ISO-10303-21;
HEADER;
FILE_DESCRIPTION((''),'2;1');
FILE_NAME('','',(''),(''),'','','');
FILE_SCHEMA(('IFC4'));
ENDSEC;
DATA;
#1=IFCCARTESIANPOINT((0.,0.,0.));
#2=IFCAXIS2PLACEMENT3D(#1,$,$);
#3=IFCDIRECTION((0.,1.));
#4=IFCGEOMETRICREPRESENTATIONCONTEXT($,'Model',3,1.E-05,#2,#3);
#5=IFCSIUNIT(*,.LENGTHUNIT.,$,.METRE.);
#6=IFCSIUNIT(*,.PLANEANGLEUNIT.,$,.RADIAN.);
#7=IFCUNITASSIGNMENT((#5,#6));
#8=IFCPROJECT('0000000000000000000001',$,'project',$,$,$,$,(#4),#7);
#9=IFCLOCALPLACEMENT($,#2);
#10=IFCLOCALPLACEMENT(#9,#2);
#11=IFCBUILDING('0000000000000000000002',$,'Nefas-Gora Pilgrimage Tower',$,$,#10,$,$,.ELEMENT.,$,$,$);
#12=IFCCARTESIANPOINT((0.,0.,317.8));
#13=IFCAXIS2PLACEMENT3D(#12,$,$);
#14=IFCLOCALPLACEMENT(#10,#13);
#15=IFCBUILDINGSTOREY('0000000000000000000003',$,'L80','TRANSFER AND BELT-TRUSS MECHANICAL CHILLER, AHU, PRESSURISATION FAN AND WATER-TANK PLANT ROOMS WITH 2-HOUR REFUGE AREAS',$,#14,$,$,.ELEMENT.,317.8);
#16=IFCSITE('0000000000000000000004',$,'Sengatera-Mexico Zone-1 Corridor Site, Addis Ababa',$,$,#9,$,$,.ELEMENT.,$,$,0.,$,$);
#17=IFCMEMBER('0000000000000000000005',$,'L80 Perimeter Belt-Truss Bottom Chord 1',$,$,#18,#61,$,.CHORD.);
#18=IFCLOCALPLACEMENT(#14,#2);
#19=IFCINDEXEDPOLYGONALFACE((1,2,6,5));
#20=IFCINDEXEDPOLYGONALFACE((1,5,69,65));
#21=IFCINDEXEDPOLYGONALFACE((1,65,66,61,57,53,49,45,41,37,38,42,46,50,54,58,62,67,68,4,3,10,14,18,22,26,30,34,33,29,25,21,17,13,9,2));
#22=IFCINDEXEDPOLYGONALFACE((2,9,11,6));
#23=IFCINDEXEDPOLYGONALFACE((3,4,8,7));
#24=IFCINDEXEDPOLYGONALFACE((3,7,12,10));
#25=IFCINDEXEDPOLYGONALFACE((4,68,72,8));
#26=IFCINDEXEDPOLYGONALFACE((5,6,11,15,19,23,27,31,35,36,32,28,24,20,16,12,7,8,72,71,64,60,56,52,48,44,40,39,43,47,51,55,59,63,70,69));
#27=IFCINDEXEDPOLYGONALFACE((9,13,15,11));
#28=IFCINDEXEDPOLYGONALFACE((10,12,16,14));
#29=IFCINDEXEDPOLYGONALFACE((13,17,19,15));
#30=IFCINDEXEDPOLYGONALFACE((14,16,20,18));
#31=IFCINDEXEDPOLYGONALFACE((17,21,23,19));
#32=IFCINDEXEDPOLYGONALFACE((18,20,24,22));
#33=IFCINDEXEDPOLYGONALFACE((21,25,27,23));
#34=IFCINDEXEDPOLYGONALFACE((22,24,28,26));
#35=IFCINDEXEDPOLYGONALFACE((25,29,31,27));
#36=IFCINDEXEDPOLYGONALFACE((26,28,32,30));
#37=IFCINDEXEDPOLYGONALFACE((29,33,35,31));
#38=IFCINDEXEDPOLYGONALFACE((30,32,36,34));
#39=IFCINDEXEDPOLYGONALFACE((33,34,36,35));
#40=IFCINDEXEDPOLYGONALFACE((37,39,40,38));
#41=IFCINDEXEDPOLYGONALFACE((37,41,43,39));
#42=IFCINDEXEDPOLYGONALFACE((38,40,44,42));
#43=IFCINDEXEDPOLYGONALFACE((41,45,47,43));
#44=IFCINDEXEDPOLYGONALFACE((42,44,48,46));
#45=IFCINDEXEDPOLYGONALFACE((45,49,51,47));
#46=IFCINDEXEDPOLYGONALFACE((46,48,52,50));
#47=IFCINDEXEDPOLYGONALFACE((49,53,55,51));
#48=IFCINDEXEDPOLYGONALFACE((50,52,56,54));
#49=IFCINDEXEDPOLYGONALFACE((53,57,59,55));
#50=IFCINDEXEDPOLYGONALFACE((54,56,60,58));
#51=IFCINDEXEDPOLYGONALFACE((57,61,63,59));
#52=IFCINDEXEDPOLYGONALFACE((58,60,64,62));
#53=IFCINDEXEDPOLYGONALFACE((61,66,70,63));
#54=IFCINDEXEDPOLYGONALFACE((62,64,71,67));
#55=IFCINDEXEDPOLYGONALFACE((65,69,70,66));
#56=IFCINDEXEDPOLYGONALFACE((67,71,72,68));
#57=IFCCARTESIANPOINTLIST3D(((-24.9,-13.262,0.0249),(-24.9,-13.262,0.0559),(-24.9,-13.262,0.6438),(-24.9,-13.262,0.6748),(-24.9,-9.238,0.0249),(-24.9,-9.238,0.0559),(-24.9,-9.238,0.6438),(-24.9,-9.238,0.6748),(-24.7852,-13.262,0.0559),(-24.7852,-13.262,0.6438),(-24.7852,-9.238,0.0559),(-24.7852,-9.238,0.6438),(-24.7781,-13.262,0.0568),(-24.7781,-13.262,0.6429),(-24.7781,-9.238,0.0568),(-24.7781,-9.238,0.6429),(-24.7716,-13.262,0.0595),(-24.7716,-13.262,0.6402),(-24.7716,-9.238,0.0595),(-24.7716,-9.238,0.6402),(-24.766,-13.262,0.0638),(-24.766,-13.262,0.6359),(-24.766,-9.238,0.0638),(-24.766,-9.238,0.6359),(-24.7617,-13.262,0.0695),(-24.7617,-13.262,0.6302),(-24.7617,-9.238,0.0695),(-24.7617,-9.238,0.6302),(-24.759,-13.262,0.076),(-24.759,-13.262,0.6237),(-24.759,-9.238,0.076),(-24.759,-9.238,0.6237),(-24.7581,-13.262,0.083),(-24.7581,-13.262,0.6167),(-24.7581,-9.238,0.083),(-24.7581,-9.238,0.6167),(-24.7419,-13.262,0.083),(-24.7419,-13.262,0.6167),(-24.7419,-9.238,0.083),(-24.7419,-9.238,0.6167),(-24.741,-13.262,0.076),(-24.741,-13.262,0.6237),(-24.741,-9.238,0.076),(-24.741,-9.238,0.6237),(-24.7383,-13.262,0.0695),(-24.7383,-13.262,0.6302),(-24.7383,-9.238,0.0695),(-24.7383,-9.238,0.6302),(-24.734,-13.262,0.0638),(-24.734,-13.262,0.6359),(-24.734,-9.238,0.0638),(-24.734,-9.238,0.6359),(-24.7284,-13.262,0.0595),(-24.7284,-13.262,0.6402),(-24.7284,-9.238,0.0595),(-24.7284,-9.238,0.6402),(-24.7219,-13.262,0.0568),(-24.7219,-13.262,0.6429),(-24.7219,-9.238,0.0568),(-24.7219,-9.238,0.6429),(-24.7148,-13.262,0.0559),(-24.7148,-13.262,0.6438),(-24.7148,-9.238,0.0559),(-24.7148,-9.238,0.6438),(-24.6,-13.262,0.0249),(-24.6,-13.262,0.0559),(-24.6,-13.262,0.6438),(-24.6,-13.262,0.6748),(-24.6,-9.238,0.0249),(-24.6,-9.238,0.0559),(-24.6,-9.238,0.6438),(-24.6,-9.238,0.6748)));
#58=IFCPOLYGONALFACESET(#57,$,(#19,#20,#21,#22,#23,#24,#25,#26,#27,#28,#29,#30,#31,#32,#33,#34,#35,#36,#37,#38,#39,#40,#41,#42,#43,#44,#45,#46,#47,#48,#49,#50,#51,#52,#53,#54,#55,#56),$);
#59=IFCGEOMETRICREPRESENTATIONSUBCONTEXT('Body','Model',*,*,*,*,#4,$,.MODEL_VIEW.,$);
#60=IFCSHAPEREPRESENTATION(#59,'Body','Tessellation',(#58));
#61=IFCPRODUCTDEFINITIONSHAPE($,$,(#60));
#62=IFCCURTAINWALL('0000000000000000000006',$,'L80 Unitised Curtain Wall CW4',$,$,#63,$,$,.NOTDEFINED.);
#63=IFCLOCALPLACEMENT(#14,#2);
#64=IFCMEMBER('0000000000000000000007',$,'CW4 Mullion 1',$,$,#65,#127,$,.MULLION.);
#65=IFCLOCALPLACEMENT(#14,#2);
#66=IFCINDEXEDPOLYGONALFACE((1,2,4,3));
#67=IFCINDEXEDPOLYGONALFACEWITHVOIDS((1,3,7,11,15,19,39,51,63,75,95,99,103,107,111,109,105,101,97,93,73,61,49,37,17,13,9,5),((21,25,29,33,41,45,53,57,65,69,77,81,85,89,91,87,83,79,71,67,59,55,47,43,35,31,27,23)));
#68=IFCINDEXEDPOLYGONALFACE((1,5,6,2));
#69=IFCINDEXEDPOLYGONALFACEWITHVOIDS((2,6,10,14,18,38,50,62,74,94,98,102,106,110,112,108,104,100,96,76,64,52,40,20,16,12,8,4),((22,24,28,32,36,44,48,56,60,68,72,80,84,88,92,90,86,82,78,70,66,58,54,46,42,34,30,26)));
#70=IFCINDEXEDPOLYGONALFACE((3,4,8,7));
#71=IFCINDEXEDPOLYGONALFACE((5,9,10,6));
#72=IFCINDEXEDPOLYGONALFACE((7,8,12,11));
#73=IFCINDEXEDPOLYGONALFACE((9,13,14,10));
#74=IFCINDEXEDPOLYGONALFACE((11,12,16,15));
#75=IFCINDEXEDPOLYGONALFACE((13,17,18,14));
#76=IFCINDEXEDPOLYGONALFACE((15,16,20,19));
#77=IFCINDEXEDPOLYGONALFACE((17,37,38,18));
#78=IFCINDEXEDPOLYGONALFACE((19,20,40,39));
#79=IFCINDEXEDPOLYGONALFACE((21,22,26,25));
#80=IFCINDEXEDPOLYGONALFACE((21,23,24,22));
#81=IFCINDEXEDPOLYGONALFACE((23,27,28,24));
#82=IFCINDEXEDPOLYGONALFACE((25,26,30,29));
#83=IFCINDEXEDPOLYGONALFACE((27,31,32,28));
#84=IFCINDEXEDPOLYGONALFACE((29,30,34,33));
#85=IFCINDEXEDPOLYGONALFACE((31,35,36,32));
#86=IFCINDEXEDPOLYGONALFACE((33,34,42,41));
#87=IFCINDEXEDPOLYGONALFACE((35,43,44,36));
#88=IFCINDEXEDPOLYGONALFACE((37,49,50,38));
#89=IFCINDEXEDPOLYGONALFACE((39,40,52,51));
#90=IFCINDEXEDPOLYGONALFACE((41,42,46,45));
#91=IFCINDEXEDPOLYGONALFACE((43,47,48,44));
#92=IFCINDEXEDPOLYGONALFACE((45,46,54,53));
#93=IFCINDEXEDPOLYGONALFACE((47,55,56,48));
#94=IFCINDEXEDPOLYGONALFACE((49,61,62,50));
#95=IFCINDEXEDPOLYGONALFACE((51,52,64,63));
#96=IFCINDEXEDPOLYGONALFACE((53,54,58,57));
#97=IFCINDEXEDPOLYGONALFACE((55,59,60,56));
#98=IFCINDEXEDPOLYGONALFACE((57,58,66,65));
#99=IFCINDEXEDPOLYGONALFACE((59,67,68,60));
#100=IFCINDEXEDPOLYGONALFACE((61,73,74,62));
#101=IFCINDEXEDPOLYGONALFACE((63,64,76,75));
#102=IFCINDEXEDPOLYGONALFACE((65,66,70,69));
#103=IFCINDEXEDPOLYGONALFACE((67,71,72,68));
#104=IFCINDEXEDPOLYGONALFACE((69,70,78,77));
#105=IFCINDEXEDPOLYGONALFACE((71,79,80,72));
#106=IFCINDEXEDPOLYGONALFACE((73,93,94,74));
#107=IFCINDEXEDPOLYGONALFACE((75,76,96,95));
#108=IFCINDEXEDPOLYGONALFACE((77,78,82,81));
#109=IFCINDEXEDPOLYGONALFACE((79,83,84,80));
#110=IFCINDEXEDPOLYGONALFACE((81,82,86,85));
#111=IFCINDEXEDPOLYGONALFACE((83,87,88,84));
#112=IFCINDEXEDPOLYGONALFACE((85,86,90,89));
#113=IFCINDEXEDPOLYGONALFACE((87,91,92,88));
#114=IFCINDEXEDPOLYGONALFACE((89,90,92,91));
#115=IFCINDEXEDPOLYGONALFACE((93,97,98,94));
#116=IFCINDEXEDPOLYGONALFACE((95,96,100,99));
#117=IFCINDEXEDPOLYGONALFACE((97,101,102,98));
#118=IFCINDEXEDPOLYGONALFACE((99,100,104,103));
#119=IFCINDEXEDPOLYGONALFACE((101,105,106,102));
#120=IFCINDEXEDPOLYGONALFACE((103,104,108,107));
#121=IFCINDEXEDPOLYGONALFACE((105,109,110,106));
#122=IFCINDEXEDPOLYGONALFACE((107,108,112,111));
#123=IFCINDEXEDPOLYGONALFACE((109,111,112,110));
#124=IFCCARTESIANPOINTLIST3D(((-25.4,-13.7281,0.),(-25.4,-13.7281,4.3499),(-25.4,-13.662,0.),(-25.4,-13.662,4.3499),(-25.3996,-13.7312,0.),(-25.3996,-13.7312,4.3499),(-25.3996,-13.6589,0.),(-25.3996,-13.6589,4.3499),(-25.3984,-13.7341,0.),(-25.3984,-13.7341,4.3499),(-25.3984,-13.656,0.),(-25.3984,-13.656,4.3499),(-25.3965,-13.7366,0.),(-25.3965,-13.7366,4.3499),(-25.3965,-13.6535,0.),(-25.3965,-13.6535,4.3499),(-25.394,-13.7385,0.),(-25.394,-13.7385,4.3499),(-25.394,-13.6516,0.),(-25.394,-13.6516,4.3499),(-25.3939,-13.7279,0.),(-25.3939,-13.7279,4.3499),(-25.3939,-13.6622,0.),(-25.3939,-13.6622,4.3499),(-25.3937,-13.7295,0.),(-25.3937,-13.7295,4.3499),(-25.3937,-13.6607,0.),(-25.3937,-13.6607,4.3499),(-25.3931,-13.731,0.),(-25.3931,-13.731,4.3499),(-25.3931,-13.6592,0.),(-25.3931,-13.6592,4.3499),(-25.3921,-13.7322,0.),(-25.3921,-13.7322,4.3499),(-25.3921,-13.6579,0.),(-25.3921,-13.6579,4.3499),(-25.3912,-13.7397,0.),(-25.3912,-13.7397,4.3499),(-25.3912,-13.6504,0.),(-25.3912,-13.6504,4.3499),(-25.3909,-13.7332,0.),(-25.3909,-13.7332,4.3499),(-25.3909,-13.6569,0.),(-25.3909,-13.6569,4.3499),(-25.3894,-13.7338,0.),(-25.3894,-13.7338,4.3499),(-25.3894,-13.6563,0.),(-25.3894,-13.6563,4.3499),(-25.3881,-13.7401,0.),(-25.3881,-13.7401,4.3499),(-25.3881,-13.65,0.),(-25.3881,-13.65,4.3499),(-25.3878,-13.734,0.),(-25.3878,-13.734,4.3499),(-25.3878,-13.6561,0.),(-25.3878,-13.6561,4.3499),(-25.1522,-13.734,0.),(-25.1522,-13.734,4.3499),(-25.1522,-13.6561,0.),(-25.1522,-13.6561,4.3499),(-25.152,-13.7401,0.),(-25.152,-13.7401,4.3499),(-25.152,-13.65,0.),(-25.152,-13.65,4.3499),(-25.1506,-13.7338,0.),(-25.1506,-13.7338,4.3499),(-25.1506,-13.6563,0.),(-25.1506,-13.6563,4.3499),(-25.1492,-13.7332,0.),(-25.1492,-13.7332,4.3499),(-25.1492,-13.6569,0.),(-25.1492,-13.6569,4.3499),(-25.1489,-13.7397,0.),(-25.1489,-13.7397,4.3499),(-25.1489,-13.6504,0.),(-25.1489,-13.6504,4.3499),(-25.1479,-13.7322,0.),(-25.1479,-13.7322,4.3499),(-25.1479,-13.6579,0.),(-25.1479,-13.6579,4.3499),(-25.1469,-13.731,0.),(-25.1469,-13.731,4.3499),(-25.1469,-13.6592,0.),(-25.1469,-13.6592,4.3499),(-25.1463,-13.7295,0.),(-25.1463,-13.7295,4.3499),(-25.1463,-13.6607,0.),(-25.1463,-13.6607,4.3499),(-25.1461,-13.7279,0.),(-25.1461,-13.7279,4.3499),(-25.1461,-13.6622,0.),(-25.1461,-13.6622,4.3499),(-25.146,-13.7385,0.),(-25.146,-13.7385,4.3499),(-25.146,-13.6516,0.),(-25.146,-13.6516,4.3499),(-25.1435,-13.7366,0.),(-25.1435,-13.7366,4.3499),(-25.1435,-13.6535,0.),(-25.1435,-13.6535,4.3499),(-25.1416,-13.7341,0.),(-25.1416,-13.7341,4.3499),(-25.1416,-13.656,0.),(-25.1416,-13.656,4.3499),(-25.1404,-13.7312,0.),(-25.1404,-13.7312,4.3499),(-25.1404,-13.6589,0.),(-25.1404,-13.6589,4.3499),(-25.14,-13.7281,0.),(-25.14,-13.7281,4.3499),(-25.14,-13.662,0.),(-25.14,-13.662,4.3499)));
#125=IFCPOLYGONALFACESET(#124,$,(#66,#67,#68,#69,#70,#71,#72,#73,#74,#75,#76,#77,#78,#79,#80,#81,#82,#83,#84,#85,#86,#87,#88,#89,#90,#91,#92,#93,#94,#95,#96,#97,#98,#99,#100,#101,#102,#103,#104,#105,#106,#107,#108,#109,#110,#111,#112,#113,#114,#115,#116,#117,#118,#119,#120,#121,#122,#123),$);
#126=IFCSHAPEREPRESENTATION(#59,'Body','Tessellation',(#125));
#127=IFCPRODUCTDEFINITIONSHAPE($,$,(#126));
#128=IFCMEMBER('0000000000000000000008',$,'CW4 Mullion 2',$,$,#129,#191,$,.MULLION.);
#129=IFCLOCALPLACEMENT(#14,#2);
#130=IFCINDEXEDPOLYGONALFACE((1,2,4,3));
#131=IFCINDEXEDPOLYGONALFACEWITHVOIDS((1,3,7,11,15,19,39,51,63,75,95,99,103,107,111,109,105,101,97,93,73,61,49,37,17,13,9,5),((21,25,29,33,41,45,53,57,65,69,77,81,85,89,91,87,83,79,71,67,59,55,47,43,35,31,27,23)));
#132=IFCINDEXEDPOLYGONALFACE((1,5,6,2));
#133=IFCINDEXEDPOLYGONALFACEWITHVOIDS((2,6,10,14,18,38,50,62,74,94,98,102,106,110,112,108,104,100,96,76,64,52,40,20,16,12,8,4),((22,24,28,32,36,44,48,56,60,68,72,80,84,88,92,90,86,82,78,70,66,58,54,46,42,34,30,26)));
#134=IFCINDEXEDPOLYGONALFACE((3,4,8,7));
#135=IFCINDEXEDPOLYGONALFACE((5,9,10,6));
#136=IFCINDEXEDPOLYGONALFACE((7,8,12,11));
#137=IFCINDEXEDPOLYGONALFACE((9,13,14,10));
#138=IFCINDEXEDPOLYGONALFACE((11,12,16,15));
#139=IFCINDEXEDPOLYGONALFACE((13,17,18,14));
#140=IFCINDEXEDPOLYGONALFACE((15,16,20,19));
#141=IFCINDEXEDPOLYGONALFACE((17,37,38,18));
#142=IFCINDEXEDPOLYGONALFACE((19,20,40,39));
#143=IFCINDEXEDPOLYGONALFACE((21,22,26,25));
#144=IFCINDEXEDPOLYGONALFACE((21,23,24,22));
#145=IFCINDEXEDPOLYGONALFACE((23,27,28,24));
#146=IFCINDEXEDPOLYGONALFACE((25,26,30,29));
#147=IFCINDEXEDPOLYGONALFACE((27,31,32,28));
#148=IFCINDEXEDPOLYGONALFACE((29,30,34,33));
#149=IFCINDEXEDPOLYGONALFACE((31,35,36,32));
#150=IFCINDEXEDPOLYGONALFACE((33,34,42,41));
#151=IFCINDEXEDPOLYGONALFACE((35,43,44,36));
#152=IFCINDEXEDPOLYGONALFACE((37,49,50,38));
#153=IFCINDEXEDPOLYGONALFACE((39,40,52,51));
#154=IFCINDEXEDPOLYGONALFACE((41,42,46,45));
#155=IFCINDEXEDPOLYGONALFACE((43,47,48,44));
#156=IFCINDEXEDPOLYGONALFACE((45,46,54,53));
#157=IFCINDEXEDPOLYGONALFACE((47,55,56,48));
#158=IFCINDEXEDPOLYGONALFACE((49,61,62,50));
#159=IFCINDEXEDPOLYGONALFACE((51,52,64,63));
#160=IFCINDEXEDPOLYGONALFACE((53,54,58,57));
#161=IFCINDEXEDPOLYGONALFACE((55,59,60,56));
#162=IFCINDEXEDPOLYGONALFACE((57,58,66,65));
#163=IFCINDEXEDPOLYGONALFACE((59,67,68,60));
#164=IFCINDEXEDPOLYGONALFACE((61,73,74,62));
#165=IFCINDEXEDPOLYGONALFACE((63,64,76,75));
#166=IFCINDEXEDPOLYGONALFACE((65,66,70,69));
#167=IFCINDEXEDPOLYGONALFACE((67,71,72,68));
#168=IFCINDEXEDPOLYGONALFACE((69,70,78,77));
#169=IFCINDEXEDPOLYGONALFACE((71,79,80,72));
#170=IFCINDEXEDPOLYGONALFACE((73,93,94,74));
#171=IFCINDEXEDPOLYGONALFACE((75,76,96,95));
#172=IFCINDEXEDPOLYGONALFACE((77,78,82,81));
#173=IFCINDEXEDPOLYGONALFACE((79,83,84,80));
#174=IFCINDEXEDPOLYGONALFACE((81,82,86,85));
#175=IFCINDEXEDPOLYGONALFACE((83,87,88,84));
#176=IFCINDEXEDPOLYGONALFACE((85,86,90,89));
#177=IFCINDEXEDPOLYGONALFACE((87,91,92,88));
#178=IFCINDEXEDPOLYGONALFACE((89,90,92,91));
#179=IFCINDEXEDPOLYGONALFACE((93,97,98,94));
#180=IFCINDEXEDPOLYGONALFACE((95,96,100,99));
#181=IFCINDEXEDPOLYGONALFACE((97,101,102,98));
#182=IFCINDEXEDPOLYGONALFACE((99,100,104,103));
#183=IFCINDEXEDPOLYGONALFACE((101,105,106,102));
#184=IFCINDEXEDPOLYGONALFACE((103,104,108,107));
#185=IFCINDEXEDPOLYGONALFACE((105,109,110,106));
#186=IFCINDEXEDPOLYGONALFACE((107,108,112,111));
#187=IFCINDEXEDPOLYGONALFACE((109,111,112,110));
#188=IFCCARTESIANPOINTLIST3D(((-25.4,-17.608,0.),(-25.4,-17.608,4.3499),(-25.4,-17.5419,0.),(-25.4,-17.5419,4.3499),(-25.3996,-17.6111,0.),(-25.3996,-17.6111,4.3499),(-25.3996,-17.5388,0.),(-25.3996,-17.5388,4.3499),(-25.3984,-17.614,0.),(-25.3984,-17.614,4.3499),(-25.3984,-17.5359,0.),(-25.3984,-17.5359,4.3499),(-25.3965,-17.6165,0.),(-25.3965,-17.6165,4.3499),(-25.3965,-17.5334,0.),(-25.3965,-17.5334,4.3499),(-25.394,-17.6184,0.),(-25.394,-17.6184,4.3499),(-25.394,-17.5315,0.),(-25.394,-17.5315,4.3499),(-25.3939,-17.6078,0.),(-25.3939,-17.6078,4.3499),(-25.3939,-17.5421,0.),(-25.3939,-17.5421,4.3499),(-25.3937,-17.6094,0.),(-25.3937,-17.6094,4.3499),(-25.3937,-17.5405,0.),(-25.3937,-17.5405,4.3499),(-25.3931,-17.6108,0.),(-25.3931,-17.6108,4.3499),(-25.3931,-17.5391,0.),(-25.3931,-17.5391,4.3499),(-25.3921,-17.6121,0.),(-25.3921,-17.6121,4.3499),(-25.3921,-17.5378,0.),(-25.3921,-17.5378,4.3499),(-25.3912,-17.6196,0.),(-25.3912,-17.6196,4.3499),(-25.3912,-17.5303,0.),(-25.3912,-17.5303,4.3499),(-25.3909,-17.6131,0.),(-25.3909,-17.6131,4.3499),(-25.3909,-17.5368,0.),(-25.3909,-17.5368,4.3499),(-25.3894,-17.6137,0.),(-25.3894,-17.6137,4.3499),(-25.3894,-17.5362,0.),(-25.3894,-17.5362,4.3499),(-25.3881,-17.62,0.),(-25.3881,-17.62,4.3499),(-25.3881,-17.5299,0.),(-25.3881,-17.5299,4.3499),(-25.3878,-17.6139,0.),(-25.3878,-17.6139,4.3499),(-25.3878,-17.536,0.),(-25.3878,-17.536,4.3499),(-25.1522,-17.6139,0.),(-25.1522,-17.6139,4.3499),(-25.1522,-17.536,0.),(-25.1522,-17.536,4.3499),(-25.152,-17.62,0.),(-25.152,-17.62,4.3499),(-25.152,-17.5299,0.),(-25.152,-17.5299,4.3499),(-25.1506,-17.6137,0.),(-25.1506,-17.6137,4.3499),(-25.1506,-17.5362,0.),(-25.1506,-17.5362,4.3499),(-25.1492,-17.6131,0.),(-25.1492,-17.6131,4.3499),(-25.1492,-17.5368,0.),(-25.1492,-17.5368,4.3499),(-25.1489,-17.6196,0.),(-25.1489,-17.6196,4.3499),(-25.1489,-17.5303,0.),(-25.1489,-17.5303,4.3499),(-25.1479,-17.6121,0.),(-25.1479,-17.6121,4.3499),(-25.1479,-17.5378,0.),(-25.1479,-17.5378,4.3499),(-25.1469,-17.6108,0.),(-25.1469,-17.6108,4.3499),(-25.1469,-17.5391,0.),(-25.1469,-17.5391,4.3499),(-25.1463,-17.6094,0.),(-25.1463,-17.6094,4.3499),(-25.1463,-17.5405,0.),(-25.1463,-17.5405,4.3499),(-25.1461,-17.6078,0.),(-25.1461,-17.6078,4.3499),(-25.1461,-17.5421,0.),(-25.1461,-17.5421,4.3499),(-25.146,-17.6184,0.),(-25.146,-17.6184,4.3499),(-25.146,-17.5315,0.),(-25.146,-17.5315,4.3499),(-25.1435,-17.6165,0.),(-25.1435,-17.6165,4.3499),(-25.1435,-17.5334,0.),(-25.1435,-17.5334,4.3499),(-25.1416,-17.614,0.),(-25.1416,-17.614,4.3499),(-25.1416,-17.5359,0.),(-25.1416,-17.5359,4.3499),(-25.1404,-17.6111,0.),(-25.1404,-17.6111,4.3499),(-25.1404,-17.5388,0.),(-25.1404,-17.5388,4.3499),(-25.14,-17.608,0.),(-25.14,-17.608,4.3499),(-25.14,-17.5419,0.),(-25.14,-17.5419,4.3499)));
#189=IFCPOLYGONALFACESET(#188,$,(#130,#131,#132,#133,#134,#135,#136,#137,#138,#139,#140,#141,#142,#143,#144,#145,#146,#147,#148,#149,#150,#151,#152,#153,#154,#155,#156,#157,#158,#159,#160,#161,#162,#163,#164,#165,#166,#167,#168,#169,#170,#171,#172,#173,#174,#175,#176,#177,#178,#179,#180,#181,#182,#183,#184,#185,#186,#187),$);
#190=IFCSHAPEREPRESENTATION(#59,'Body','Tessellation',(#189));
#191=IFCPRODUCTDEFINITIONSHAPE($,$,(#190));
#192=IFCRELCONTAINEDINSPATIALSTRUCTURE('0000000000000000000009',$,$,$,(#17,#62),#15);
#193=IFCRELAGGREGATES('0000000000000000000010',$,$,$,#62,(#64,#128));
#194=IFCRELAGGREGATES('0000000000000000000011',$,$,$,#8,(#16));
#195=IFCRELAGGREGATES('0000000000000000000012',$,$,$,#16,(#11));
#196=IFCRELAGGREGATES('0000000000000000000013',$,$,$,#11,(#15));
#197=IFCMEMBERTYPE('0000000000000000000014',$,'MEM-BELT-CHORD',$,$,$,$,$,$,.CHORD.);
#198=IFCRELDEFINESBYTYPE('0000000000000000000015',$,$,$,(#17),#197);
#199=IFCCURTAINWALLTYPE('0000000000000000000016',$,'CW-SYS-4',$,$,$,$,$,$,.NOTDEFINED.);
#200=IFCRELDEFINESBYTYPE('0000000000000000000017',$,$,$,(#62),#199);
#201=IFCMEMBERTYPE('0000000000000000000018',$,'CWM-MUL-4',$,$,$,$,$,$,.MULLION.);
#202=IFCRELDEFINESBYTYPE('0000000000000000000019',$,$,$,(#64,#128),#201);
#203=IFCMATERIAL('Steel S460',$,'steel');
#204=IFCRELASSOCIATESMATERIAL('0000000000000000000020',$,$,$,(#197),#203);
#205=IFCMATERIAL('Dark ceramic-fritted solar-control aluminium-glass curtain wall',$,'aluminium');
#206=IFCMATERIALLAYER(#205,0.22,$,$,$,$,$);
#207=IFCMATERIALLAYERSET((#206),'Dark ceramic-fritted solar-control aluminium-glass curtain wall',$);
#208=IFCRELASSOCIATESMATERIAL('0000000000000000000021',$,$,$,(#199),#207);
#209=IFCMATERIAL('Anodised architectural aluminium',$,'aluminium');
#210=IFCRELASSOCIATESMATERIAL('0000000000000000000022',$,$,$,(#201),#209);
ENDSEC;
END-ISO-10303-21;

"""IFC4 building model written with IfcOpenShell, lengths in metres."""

from ifc_helpers import new_model, si_unit, direction, frame, origin, origin_2d, place, context, subcontext, project, spatial, hollow_rectangle, i_section, extrude, source, transform, mapped, material, layer, layer_set, material_profile, profile_set, type_object, element, aggregate, save


model = new_model("IFC4")

# Units and contexts
model_context = context("Model", 3, precision=1e-05, world=origin(), true_north=direction((0.0, 1.0)))
body_context = subcontext(model_context, "Body", "Model", "MODEL_VIEW")
ifc_project = project(units=[si_unit("LENGTHUNIT", "METRE"), si_unit("PLANEANGLEUNIT", "RADIAN")], contexts=[model_context])

# Site, building, storey
site_placement = place(None, origin())
site = spatial("IfcSite", under=ifc_project, at=site_placement, Name="Sengatera-Mexico Zone-1 Corridor Site, Addis Ababa", CompositionType="ELEMENT", RefElevation=0.0)
building_placement = place(site_placement, origin())
building = spatial("IfcBuilding", under=site, at=building_placement, Name="Nefas-Gora Pilgrimage Tower", CompositionType="ELEMENT")
storey_placement = place(building_placement, frame((0.0, 0.0, 317.8)))
storey = spatial("IfcBuildingStorey", under=building, at=storey_placement, Name="L80", Description="TRANSFER AND BELT-TRUSS MECHANICAL CHILLER, AHU, PRESSURISATION FAN AND WATER-TANK PLANT ROOMS WITH 2-HOUR REFUGE AREAS", CompositionType="ELEMENT", Elevation=317.8)

# Member
ifc_material_1 = material(Name="Steel S460", Category="steel")
ifc_material_profile_1 = material_profile(ifc_material_1, i_section(OverallWidth=0.3, OverallDepth=0.6499, WebThickness=0.0161, FlangeThickness=0.031, FilletRadius=0.0271, at=origin_2d()), Name="HEB 650")
ifc_profile_set_1 = profile_set([ifc_material_profile_1], Name="Steel S460")
member_type_1 = type_object("IfcMemberType", Name="MEM-BELT-CHORD", PredefinedType="CHORD", material=ifc_profile_set_1)
shared_shape_1 = source(origin(), body_context, "Body", "SweptSolid", [
    extrude(i_section(OverallWidth=0.3, OverallDepth=0.6499, WebThickness=0.0161, FlangeThickness=0.031, FilletRadius=0.0271, at=origin_2d()), origin(), (0.0, 0.0, 1.0), 4.0239),
])
member_1_placement = place(storey_placement, frame((-24.75, -13.262, 0.3499), z_axis=(0.0, 1.0, 0.0), x_axis=(-1.0, 0.0, 0.0)))
element("IfcMember", 1, at=member_1_placement, inside=storey, type_object=member_type_1, Name="L80 Perimeter Belt-Truss Bottom Chord 1", PredefinedType="CHORD", context=body_context, shape_type="MappedRepresentation", body=[
    mapped(shared_shape_1, transform((0.0, 0.0, 0.0), x_axis=(1.0, 0.0, 0.0), y_axis=(0.0, 1.0, 0.0), z_axis=(0.0, 0.0, 1.0), scale=1.0)),
])

# Curtain wall, members
ifc_material_2 = material(Name="Dark ceramic-fritted solar-control aluminium-glass curtain wall", Category="aluminium")
ifc_layer_1 = layer(ifc_material_2, 0.22)
ifc_layer_set_1 = layer_set([ifc_layer_1], Name="Dark ceramic-fritted solar-control aluminium-glass curtain wall")
curtain_wall_type = type_object("IfcCurtainWallType", Name="CW-SYS-4", PredefinedType="NOTDEFINED", material=ifc_layer_set_1)
curtain_wall_1_placement = place(storey_placement, origin())
curtain_wall_1 = element("IfcCurtainWall", 2, at=curtain_wall_1_placement, inside=storey, type_object=curtain_wall_type, Name="L80 Unitised Curtain Wall CW4", PredefinedType="NOTDEFINED")
ifc_material_3 = material(Name="Anodised architectural aluminium", Category="aluminium")
ifc_material_profile_2 = material_profile(ifc_material_3, hollow_rectangle(XDim=0.0901, YDim=0.26, WallThickness=0.0061, InnerFilletRadius=0.0061, OuterFilletRadius=0.012, at=origin_2d()), Name="ALU MULLION 90x260")
ifc_profile_set_2 = profile_set([ifc_material_profile_2], Name="Anodised architectural aluminium")
member_type_2 = type_object("IfcMemberType", Name="CWM-MUL-4", PredefinedType="MULLION", material=ifc_profile_set_2)
shared_shape_2 = source(origin(), body_context, "Body", "SweptSolid", [
    extrude(hollow_rectangle(XDim=0.0901, YDim=0.26, WallThickness=0.0061, InnerFilletRadius=0.0061, OuterFilletRadius=0.012, at=origin_2d()), origin(), (0.0, 0.0, 1.0), 4.3499),
])
member_2_placement = place(storey_placement, frame((-25.27, -13.6951, 0.0), z_axis=(0.0, 0.0, 1.0), x_axis=(0.0, -1.0, 0.0)))
member_2 = element("IfcMember", 3, at=member_2_placement, type_object=member_type_2, Name="CW4 Mullion 1", PredefinedType="MULLION", context=body_context, shape_type="MappedRepresentation", body=[
    mapped(shared_shape_2, transform((0.0, 0.0, 0.0), x_axis=(1.0, 0.0, 0.0), y_axis=(0.0, 1.0, 0.0), z_axis=(0.0, 0.0, 1.0), scale=1.0)),
])
member_3_placement = place(storey_placement, frame((-25.27, -17.575, 0.0), z_axis=(0.0, 0.0, 1.0), x_axis=(0.0, -1.0, 0.0)))
member_3 = element("IfcMember", 4, at=member_3_placement, type_object=member_type_2, Name="CW4 Mullion 2", PredefinedType="MULLION", context=body_context, shape_type="MappedRepresentation", body=[
    mapped(shared_shape_2, transform((0.0, 0.0, 0.0), x_axis=(1.0, 0.0, 0.0), y_axis=(0.0, 1.0, 0.0), z_axis=(0.0, 0.0, 1.0), scale=1.0)),
])

aggregate(curtain_wall_1, [member_2, member_3])

save(model, "model.ifc")
